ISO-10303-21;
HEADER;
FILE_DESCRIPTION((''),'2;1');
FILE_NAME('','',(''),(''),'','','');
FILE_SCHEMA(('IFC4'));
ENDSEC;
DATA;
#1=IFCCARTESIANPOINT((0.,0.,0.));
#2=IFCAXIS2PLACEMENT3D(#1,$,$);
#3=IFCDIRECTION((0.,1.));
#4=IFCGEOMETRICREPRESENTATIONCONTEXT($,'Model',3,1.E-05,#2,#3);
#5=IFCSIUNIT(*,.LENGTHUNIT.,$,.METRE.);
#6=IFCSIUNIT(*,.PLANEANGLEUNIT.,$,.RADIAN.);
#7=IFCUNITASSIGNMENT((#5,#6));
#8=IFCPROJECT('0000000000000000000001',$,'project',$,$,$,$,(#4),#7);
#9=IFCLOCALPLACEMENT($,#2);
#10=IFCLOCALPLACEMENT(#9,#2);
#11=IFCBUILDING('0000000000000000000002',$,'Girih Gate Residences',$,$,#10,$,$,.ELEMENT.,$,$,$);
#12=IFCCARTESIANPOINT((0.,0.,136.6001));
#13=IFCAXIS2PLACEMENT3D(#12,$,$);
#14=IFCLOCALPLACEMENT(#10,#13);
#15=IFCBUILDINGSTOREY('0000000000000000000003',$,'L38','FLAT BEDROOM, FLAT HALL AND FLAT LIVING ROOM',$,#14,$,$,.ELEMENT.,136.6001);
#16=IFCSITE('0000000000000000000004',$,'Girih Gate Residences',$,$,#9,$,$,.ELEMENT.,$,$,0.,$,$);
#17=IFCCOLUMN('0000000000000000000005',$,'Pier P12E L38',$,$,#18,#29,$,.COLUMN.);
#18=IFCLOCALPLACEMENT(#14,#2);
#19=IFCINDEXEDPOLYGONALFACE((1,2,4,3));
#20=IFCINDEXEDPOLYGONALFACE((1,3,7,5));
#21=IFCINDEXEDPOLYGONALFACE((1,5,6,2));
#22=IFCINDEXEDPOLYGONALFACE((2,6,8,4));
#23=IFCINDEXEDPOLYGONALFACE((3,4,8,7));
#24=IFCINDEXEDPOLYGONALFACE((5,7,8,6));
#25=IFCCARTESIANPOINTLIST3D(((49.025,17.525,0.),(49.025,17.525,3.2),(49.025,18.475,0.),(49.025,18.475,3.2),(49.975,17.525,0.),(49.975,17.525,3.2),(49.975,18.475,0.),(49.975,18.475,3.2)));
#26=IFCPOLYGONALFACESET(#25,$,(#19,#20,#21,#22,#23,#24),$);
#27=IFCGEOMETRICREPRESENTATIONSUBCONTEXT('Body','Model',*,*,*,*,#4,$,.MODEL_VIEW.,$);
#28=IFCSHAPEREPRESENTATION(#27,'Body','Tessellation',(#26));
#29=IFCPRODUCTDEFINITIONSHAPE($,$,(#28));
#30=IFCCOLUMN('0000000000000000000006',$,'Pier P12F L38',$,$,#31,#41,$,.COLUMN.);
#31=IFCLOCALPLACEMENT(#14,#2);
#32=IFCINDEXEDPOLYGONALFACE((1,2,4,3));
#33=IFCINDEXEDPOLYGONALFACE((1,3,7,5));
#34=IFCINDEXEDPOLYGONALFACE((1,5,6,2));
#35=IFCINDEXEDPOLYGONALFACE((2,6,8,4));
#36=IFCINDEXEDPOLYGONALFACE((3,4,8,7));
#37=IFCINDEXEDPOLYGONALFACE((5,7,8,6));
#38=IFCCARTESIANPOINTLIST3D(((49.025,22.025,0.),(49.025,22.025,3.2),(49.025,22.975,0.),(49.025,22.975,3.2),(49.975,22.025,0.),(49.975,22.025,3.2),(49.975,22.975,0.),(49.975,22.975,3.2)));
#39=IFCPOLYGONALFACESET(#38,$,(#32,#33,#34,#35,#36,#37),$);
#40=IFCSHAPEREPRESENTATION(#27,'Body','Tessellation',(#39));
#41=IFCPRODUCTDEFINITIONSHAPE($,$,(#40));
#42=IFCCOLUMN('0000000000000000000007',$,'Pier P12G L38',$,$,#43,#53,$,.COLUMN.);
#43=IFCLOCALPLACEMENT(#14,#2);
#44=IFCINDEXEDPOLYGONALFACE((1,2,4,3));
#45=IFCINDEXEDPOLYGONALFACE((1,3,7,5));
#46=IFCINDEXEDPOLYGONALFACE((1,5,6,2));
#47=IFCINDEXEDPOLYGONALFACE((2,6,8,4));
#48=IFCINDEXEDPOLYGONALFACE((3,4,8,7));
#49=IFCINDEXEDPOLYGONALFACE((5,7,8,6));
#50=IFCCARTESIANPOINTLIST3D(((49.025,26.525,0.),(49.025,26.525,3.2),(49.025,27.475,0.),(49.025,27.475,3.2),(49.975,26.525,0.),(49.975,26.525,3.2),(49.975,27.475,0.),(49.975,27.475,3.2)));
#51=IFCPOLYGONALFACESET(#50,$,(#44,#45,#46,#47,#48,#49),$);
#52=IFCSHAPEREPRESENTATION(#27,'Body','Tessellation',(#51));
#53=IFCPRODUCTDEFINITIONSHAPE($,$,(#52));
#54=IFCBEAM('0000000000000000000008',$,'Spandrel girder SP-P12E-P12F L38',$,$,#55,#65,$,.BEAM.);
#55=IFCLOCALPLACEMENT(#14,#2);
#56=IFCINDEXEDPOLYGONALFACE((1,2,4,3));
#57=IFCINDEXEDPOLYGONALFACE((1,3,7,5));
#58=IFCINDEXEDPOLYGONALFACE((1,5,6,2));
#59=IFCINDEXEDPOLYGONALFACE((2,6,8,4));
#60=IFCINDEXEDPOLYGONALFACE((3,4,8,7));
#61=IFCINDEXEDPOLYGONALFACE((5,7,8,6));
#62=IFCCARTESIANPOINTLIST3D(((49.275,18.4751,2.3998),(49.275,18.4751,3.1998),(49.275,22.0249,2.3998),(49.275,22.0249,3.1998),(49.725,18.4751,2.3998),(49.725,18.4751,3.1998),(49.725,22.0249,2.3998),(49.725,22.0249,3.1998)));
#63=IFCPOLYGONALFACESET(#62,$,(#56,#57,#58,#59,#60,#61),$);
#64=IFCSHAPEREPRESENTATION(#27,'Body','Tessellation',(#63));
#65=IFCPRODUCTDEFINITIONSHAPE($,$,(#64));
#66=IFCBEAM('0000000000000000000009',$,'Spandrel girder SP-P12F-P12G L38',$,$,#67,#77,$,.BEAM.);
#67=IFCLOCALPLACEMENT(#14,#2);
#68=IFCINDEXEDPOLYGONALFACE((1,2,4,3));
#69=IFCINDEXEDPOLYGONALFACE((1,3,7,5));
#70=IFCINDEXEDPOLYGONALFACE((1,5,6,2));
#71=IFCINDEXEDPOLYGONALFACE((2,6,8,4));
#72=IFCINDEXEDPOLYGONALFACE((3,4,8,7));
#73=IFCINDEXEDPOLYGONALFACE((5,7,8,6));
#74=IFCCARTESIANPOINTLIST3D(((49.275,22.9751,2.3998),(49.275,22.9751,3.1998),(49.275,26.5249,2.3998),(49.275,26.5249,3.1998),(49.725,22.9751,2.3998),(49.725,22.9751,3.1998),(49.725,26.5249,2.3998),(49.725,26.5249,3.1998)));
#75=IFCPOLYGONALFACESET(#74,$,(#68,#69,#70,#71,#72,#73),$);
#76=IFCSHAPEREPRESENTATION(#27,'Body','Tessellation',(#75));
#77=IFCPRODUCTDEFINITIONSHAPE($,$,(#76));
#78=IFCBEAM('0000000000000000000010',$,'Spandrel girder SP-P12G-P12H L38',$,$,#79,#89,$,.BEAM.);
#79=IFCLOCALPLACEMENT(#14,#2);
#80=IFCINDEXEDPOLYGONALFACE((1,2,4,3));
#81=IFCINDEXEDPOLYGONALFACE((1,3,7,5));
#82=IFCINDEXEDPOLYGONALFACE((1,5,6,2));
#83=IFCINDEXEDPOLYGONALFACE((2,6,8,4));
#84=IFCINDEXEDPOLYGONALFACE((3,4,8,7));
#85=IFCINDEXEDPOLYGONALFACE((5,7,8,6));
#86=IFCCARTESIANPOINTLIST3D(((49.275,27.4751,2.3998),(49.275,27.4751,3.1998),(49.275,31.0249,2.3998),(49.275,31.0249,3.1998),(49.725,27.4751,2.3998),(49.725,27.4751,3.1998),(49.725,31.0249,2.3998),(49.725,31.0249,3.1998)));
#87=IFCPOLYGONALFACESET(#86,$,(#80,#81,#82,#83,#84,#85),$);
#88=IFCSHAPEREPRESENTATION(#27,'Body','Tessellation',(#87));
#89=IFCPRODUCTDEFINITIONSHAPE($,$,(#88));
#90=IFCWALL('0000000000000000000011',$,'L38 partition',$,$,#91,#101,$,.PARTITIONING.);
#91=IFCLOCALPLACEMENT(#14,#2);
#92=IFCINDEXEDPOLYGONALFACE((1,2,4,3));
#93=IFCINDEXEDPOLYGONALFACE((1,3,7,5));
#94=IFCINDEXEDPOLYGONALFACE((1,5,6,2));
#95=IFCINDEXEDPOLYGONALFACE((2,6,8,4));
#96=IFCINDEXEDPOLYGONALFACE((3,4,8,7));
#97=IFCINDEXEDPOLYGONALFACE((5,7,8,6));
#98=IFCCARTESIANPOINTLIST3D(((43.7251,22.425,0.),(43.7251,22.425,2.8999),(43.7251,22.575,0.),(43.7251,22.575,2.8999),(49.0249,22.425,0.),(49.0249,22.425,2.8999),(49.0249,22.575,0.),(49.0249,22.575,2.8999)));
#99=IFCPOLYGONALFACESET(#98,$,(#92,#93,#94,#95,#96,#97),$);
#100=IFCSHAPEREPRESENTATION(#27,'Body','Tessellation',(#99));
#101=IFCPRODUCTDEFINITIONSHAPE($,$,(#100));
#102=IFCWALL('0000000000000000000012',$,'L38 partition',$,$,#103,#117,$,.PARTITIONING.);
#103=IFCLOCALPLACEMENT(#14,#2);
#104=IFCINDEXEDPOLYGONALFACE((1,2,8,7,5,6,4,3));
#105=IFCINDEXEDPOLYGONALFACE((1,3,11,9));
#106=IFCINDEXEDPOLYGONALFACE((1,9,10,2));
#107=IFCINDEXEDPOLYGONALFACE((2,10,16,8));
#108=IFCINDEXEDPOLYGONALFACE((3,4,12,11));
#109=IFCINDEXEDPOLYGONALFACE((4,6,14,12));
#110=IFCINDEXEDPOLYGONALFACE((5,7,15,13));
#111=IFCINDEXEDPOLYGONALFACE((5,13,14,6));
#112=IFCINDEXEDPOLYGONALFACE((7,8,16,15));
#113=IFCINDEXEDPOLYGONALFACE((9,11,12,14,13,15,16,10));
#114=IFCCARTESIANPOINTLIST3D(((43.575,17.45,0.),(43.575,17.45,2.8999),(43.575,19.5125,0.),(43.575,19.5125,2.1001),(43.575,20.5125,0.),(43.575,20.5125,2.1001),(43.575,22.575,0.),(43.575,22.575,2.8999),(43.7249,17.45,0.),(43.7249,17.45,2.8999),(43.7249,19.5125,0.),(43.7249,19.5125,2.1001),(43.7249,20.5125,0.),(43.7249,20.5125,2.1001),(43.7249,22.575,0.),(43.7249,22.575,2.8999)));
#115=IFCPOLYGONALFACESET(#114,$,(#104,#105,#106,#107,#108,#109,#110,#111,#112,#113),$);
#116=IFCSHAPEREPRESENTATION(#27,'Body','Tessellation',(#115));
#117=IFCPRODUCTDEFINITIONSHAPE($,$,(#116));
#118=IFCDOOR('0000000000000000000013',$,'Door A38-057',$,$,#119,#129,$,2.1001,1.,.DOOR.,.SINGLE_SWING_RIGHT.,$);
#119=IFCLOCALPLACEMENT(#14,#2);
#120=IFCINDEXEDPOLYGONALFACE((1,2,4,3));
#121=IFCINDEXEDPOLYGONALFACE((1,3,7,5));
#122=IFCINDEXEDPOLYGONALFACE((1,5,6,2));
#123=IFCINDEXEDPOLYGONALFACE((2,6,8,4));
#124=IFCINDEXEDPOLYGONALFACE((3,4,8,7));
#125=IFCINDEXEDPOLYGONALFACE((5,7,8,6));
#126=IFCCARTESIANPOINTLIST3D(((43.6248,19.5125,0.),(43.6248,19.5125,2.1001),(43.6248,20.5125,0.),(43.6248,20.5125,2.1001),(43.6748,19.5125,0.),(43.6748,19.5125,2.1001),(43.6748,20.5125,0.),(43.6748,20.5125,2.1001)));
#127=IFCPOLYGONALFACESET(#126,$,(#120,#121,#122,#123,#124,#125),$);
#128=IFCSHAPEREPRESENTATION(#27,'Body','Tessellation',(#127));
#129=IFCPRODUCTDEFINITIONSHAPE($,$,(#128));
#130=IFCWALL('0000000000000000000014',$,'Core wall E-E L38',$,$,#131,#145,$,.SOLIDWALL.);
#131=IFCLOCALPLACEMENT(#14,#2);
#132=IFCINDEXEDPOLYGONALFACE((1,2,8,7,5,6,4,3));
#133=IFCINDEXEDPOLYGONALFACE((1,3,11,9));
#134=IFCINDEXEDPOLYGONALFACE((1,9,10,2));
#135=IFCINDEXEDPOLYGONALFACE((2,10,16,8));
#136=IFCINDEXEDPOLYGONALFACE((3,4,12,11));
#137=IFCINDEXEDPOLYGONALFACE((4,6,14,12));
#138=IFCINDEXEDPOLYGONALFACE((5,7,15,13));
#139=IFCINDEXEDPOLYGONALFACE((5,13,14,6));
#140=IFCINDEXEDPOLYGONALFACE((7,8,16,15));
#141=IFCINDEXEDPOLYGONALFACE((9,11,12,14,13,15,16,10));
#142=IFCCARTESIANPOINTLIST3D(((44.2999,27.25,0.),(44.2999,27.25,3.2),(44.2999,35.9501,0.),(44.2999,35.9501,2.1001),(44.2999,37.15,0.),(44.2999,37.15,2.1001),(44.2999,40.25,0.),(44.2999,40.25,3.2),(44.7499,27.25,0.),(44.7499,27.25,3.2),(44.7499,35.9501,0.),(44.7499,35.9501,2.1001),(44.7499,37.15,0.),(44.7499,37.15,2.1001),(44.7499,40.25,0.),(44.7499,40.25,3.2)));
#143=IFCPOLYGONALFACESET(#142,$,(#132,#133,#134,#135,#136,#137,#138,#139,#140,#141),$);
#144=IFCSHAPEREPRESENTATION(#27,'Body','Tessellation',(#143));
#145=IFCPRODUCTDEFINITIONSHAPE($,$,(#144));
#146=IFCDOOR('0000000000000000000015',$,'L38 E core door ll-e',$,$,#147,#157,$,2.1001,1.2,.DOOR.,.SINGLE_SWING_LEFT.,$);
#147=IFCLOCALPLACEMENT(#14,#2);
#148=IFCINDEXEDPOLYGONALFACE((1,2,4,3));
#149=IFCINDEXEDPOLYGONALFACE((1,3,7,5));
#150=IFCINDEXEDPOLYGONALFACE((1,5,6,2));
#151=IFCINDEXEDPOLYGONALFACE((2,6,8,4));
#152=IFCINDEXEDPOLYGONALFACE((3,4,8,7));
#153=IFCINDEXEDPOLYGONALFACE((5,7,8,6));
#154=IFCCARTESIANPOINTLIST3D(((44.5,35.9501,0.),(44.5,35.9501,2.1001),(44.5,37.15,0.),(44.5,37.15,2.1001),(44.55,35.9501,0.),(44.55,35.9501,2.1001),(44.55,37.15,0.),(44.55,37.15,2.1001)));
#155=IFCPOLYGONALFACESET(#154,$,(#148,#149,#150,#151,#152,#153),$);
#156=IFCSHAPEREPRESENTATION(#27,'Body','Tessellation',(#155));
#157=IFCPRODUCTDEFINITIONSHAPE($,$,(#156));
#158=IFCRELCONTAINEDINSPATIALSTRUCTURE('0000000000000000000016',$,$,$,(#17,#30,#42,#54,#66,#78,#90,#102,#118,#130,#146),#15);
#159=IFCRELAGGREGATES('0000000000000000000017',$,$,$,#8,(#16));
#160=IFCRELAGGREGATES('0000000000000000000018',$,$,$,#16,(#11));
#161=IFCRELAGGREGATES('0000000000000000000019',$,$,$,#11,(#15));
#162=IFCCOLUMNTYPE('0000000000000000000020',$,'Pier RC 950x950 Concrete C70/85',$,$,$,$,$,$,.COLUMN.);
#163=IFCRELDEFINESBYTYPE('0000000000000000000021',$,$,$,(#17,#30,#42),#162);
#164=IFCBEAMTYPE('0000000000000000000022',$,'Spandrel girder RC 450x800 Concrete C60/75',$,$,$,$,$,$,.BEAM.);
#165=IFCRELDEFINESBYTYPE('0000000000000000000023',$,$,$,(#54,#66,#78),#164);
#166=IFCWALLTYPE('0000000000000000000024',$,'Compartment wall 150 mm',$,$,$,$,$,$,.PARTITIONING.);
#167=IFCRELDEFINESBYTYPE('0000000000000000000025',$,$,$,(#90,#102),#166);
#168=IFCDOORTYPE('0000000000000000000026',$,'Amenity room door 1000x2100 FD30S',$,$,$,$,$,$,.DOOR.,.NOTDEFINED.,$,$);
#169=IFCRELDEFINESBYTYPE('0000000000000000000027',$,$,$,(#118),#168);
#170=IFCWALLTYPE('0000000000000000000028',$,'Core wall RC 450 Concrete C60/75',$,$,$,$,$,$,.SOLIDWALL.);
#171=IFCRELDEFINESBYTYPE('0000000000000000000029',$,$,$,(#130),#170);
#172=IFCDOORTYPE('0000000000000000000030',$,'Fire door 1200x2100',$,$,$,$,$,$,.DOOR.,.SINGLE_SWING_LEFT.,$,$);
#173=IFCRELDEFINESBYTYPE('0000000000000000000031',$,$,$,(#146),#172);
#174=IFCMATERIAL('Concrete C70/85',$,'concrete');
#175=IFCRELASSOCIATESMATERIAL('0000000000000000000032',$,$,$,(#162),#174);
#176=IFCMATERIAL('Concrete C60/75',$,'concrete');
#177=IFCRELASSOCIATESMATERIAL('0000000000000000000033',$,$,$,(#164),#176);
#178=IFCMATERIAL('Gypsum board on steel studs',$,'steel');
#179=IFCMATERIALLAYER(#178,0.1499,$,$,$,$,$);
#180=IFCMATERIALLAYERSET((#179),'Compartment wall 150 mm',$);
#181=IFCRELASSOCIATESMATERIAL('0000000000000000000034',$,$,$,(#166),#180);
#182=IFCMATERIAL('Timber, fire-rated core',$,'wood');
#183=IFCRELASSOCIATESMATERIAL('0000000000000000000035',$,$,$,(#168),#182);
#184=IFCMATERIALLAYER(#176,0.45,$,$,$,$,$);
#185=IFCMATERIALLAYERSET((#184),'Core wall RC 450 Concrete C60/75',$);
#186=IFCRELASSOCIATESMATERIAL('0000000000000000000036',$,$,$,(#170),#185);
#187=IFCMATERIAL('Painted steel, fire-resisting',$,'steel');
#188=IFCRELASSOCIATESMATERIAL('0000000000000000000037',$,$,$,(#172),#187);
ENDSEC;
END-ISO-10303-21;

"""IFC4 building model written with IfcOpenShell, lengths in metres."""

from ifc_helpers import new_model, si_unit, direction, frame, frame_2d, origin, origin_2d, place, context, subcontext, project, spatial, rectangle, extrude, material, layer, layer_set, material_profile, profile_set, type_object, element, fill, save


model = new_model("IFC4")

# Units and contexts
model_context = context("Model", 3, precision=1e-05, world=origin(), true_north=direction((0.0, 1.0)))
body_context = subcontext(model_context, "Body", "Model", "MODEL_VIEW")
ifc_project = project(units=[si_unit("LENGTHUNIT", "METRE"), si_unit("PLANEANGLEUNIT", "RADIAN")], contexts=[model_context])

# Site, building, storey
site_placement = place(None, origin())
site = spatial("IfcSite", under=ifc_project, at=site_placement, Name="Girih Gate Residences", CompositionType="ELEMENT", RefElevation=0.0)
building_placement = place(site_placement, origin())
building = spatial("IfcBuilding", under=site, at=building_placement, Name="Girih Gate Residences", CompositionType="ELEMENT")
storey_placement = place(building_placement, frame((0.0, 0.0, 136.6001)))
storey = spatial("IfcBuildingStorey", under=building, at=storey_placement, Name="L38", Description="FLAT BEDROOM, FLAT HALL AND FLAT LIVING ROOM", CompositionType="ELEMENT", Elevation=136.6001)

# Columns
ifc_material_1 = material(Name="Concrete C70/85", Category="concrete")
ifc_material_profile_1 = material_profile(ifc_material_1, rectangle(XDim=0.95, YDim=0.95, at=origin_2d()))
ifc_profile_set_1 = profile_set([ifc_material_profile_1], Name="Concrete C70/85")
column_type = type_object("IfcColumnType", Name="Pier RC 950x950 Concrete C70/85", PredefinedType="COLUMN", material=ifc_profile_set_1)
for number, where, z_axis, x_axis, name in (
    (1, (49.5, 18.0, 0.0), (0.0, 0.0, 1.0), (1.0, 0.0, 0.0), "Pier P12E L38"),
    (2, (49.5, 22.5, 0.0), (0.0, 0.0, 1.0), (1.0, 0.0, 0.0), "Pier P12F L38"),
    (3, (49.5, 27.0, 0.0), (0.0, 0.0, 1.0), (1.0, 0.0, 0.0), "Pier P12G L38"),
):
    element("IfcColumn", number, at=place(storey_placement, frame(where, z_axis=z_axis, x_axis=x_axis)), inside=storey, type_object=column_type, Name=name, PredefinedType="COLUMN", context=body_context, shape_type="SweptSolid", body=[
        extrude(rectangle(XDim=0.95, YDim=0.95, at=origin_2d()), origin(), (0.0, 0.0, 1.0), 3.2),
    ])

# Beams
ifc_material_2 = material(Name="Concrete C60/75", Category="concrete")
ifc_material_profile_2 = material_profile(ifc_material_2, rectangle(XDim=0.45, YDim=0.8, at=origin_2d()))
ifc_profile_set_2 = profile_set([ifc_material_profile_2], Name="Concrete C60/75")
beam_type = type_object("IfcBeamType", Name="Spandrel girder RC 450x800 Concrete C60/75", PredefinedType="BEAM", material=ifc_profile_set_2)
for number, where, z_axis, x_axis, name in (
    (4, (49.5, 18.4751, 2.7998), (0.0, 1.0, 0.0), (-1.0, 0.0, 0.0), "Spandrel girder SP-P12E-P12F L38"),
    (5, (49.5, 22.9751, 2.7998), (0.0, 1.0, 0.0), (-1.0, 0.0, 0.0), "Spandrel girder SP-P12F-P12G L38"),
    (6, (49.5, 27.4751, 2.7998), (0.0, 1.0, 0.0), (-1.0, 0.0, 0.0), "Spandrel girder SP-P12G-P12H L38"),
):
    element("IfcBeam", number, at=place(storey_placement, frame(where, z_axis=z_axis, x_axis=x_axis)), inside=storey, type_object=beam_type, Name=name, PredefinedType="BEAM", context=body_context, shape_type="SweptSolid", body=[
        extrude(rectangle(XDim=0.45, YDim=0.8, at=origin_2d()), origin(), (0.0, 0.0, 1.0), 3.5498),
    ])

# Wall
ifc_material_3 = material(Name="Gypsum board on steel studs", Category="steel")
ifc_layer_1 = layer(ifc_material_3, 0.1499)
ifc_layer_set_1 = layer_set([ifc_layer_1], Name="Compartment wall 150 mm")
wall_type_1 = type_object("IfcWallType", Name="Compartment wall 150 mm", PredefinedType="PARTITIONING", material=ifc_layer_set_1)
wall_1_placement = place(storey_placement, frame((43.7251, 22.5, 0.0), z_axis=(0.0, 0.0, 1.0), x_axis=(1.0, 0.0, 0.0)))
element("IfcWall", 7, at=wall_1_placement, inside=storey, type_object=wall_type_1, Name="L38 partition", PredefinedType="PARTITIONING", context=body_context, shape_type="SweptSolid", body=[
    extrude(rectangle(XDim=5.2998, YDim=0.1499, at=frame_2d((2.6499, 0.0))), origin(), (0.0, 0.0, 1.0), 2.8999),
])

# Walls, openings, doors
wall_2_placement = place(storey_placement, frame((43.6499, 22.575, 0.0), z_axis=(0.0, 0.0, 1.0), x_axis=(0.0, -1.0, 0.0)))
wall_2 = element("IfcWall", 8, at=wall_2_placement, inside=storey, type_object=wall_type_1, Name="L38 partition", PredefinedType="PARTITIONING", context=body_context, shape_type="SweptSolid", body=[
    extrude(rectangle(XDim=5.125, YDim=0.1499, at=frame_2d((2.5625, 0.0))), origin(), (0.0, 0.0, 1.0), 2.8999),
])
opening_1_placement = place(wall_2_placement, frame((2.0625, 0.0, 0.0)))
opening_1 = element("IfcOpeningElement", 9, at=opening_1_placement, cuts=wall_2, PredefinedType="OPENING", context=body_context, shape_type="SweptSolid", body=[
    extrude(rectangle(XDim=1.0, YDim=2.1001, at=frame_2d((0.5, 1.05))), frame((0.0, 0.085, 0.0), z_axis=(0.0, -1.0, 0.0), x_axis=(1.0, 0.0, 0.0)), (0.0, 0.0, 1.0), 0.1699),
])
ifc_material_4 = material(Name="Timber, fire-rated core", Category="wood")
door_type_1 = type_object("IfcDoorType", Name="Amenity room door 1000x2100 FD30S", OperationType="NOTDEFINED", PredefinedType="DOOR", material=ifc_material_4)
door_1_placement = place(opening_1_placement, origin())
door_1 = element("IfcDoor", 10, at=door_1_placement, inside=storey, type_object=door_type_1, Name="Door A38-057", OperationType="SINGLE_SWING_RIGHT", OverallHeight=2.1001, OverallWidth=1.0, PredefinedType="DOOR", context=body_context, shape_type="SweptSolid", body=[
    extrude(rectangle(XDim=1.0, YDim=2.1001, at=frame_2d((0.5, 1.05))), frame((0.0, 0.0249, 0.0), z_axis=(0.0, -1.0, 0.0), x_axis=(1.0, 0.0, 0.0)), (0.0, 0.0, 1.0), 0.05),
])
fill(opening_1, door_1)
ifc_layer_2 = layer(ifc_material_2, 0.45)
ifc_layer_set_2 = layer_set([ifc_layer_2], Name="Core wall RC 450 Concrete C60/75")
wall_type_2 = type_object("IfcWallType", Name="Core wall RC 450 Concrete C60/75", PredefinedType="SOLIDWALL", material=ifc_layer_set_2)
wall_3_placement = place(storey_placement, frame((44.5249, 27.25, 0.0), z_axis=(0.0, 0.0, 1.0), x_axis=(0.0, 1.0, 0.0)))
wall_3 = element("IfcWall", 11, at=wall_3_placement, inside=storey, type_object=wall_type_2, Name="Core wall E-E L38", PredefinedType="SOLIDWALL", context=body_context, shape_type="SweptSolid", body=[
    extrude(rectangle(XDim=13.0, YDim=0.45, at=frame_2d((6.5, 0.0))), origin(), (0.0, 0.0, 1.0), 3.2),
])
opening_2_placement = place(wall_3_placement, frame((8.7, 0.0, 0.0)))
opening_2 = element("IfcOpeningElement", 12, at=opening_2_placement, cuts=wall_3, PredefinedType="OPENING", context=body_context, shape_type="SweptSolid", body=[
    extrude(rectangle(XDim=1.2, YDim=2.1001, at=frame_2d((0.6001, 1.05))), frame((0.0, 0.2349, 0.0), z_axis=(0.0, -1.0, 0.0), x_axis=(1.0, 0.0, 0.0)), (0.0, 0.0, 1.0), 0.47),
])
ifc_material_5 = material(Name="Painted steel, fire-resisting", Category="steel")
door_type_2 = type_object("IfcDoorType", Name="Fire door 1200x2100", OperationType="SINGLE_SWING_LEFT", PredefinedType="DOOR", material=ifc_material_5)
door_2_placement = place(opening_2_placement, origin())
door_2 = element("IfcDoor", 13, at=door_2_placement, inside=storey, type_object=door_type_2, Name="L38 E core door ll-e", OperationType="SINGLE_SWING_LEFT", OverallHeight=2.1001, OverallWidth=1.2, PredefinedType="DOOR", context=body_context, shape_type="SweptSolid", body=[
    extrude(rectangle(XDim=1.2, YDim=2.1001, at=frame_2d((0.6001, 1.05))), frame((0.0, 0.0249, 0.0), z_axis=(0.0, -1.0, 0.0), x_axis=(1.0, 0.0, 0.0)), (0.0, 0.0, 1.0), 0.05),
])
fill(opening_2, door_2)

save(model, "model.ifc")
